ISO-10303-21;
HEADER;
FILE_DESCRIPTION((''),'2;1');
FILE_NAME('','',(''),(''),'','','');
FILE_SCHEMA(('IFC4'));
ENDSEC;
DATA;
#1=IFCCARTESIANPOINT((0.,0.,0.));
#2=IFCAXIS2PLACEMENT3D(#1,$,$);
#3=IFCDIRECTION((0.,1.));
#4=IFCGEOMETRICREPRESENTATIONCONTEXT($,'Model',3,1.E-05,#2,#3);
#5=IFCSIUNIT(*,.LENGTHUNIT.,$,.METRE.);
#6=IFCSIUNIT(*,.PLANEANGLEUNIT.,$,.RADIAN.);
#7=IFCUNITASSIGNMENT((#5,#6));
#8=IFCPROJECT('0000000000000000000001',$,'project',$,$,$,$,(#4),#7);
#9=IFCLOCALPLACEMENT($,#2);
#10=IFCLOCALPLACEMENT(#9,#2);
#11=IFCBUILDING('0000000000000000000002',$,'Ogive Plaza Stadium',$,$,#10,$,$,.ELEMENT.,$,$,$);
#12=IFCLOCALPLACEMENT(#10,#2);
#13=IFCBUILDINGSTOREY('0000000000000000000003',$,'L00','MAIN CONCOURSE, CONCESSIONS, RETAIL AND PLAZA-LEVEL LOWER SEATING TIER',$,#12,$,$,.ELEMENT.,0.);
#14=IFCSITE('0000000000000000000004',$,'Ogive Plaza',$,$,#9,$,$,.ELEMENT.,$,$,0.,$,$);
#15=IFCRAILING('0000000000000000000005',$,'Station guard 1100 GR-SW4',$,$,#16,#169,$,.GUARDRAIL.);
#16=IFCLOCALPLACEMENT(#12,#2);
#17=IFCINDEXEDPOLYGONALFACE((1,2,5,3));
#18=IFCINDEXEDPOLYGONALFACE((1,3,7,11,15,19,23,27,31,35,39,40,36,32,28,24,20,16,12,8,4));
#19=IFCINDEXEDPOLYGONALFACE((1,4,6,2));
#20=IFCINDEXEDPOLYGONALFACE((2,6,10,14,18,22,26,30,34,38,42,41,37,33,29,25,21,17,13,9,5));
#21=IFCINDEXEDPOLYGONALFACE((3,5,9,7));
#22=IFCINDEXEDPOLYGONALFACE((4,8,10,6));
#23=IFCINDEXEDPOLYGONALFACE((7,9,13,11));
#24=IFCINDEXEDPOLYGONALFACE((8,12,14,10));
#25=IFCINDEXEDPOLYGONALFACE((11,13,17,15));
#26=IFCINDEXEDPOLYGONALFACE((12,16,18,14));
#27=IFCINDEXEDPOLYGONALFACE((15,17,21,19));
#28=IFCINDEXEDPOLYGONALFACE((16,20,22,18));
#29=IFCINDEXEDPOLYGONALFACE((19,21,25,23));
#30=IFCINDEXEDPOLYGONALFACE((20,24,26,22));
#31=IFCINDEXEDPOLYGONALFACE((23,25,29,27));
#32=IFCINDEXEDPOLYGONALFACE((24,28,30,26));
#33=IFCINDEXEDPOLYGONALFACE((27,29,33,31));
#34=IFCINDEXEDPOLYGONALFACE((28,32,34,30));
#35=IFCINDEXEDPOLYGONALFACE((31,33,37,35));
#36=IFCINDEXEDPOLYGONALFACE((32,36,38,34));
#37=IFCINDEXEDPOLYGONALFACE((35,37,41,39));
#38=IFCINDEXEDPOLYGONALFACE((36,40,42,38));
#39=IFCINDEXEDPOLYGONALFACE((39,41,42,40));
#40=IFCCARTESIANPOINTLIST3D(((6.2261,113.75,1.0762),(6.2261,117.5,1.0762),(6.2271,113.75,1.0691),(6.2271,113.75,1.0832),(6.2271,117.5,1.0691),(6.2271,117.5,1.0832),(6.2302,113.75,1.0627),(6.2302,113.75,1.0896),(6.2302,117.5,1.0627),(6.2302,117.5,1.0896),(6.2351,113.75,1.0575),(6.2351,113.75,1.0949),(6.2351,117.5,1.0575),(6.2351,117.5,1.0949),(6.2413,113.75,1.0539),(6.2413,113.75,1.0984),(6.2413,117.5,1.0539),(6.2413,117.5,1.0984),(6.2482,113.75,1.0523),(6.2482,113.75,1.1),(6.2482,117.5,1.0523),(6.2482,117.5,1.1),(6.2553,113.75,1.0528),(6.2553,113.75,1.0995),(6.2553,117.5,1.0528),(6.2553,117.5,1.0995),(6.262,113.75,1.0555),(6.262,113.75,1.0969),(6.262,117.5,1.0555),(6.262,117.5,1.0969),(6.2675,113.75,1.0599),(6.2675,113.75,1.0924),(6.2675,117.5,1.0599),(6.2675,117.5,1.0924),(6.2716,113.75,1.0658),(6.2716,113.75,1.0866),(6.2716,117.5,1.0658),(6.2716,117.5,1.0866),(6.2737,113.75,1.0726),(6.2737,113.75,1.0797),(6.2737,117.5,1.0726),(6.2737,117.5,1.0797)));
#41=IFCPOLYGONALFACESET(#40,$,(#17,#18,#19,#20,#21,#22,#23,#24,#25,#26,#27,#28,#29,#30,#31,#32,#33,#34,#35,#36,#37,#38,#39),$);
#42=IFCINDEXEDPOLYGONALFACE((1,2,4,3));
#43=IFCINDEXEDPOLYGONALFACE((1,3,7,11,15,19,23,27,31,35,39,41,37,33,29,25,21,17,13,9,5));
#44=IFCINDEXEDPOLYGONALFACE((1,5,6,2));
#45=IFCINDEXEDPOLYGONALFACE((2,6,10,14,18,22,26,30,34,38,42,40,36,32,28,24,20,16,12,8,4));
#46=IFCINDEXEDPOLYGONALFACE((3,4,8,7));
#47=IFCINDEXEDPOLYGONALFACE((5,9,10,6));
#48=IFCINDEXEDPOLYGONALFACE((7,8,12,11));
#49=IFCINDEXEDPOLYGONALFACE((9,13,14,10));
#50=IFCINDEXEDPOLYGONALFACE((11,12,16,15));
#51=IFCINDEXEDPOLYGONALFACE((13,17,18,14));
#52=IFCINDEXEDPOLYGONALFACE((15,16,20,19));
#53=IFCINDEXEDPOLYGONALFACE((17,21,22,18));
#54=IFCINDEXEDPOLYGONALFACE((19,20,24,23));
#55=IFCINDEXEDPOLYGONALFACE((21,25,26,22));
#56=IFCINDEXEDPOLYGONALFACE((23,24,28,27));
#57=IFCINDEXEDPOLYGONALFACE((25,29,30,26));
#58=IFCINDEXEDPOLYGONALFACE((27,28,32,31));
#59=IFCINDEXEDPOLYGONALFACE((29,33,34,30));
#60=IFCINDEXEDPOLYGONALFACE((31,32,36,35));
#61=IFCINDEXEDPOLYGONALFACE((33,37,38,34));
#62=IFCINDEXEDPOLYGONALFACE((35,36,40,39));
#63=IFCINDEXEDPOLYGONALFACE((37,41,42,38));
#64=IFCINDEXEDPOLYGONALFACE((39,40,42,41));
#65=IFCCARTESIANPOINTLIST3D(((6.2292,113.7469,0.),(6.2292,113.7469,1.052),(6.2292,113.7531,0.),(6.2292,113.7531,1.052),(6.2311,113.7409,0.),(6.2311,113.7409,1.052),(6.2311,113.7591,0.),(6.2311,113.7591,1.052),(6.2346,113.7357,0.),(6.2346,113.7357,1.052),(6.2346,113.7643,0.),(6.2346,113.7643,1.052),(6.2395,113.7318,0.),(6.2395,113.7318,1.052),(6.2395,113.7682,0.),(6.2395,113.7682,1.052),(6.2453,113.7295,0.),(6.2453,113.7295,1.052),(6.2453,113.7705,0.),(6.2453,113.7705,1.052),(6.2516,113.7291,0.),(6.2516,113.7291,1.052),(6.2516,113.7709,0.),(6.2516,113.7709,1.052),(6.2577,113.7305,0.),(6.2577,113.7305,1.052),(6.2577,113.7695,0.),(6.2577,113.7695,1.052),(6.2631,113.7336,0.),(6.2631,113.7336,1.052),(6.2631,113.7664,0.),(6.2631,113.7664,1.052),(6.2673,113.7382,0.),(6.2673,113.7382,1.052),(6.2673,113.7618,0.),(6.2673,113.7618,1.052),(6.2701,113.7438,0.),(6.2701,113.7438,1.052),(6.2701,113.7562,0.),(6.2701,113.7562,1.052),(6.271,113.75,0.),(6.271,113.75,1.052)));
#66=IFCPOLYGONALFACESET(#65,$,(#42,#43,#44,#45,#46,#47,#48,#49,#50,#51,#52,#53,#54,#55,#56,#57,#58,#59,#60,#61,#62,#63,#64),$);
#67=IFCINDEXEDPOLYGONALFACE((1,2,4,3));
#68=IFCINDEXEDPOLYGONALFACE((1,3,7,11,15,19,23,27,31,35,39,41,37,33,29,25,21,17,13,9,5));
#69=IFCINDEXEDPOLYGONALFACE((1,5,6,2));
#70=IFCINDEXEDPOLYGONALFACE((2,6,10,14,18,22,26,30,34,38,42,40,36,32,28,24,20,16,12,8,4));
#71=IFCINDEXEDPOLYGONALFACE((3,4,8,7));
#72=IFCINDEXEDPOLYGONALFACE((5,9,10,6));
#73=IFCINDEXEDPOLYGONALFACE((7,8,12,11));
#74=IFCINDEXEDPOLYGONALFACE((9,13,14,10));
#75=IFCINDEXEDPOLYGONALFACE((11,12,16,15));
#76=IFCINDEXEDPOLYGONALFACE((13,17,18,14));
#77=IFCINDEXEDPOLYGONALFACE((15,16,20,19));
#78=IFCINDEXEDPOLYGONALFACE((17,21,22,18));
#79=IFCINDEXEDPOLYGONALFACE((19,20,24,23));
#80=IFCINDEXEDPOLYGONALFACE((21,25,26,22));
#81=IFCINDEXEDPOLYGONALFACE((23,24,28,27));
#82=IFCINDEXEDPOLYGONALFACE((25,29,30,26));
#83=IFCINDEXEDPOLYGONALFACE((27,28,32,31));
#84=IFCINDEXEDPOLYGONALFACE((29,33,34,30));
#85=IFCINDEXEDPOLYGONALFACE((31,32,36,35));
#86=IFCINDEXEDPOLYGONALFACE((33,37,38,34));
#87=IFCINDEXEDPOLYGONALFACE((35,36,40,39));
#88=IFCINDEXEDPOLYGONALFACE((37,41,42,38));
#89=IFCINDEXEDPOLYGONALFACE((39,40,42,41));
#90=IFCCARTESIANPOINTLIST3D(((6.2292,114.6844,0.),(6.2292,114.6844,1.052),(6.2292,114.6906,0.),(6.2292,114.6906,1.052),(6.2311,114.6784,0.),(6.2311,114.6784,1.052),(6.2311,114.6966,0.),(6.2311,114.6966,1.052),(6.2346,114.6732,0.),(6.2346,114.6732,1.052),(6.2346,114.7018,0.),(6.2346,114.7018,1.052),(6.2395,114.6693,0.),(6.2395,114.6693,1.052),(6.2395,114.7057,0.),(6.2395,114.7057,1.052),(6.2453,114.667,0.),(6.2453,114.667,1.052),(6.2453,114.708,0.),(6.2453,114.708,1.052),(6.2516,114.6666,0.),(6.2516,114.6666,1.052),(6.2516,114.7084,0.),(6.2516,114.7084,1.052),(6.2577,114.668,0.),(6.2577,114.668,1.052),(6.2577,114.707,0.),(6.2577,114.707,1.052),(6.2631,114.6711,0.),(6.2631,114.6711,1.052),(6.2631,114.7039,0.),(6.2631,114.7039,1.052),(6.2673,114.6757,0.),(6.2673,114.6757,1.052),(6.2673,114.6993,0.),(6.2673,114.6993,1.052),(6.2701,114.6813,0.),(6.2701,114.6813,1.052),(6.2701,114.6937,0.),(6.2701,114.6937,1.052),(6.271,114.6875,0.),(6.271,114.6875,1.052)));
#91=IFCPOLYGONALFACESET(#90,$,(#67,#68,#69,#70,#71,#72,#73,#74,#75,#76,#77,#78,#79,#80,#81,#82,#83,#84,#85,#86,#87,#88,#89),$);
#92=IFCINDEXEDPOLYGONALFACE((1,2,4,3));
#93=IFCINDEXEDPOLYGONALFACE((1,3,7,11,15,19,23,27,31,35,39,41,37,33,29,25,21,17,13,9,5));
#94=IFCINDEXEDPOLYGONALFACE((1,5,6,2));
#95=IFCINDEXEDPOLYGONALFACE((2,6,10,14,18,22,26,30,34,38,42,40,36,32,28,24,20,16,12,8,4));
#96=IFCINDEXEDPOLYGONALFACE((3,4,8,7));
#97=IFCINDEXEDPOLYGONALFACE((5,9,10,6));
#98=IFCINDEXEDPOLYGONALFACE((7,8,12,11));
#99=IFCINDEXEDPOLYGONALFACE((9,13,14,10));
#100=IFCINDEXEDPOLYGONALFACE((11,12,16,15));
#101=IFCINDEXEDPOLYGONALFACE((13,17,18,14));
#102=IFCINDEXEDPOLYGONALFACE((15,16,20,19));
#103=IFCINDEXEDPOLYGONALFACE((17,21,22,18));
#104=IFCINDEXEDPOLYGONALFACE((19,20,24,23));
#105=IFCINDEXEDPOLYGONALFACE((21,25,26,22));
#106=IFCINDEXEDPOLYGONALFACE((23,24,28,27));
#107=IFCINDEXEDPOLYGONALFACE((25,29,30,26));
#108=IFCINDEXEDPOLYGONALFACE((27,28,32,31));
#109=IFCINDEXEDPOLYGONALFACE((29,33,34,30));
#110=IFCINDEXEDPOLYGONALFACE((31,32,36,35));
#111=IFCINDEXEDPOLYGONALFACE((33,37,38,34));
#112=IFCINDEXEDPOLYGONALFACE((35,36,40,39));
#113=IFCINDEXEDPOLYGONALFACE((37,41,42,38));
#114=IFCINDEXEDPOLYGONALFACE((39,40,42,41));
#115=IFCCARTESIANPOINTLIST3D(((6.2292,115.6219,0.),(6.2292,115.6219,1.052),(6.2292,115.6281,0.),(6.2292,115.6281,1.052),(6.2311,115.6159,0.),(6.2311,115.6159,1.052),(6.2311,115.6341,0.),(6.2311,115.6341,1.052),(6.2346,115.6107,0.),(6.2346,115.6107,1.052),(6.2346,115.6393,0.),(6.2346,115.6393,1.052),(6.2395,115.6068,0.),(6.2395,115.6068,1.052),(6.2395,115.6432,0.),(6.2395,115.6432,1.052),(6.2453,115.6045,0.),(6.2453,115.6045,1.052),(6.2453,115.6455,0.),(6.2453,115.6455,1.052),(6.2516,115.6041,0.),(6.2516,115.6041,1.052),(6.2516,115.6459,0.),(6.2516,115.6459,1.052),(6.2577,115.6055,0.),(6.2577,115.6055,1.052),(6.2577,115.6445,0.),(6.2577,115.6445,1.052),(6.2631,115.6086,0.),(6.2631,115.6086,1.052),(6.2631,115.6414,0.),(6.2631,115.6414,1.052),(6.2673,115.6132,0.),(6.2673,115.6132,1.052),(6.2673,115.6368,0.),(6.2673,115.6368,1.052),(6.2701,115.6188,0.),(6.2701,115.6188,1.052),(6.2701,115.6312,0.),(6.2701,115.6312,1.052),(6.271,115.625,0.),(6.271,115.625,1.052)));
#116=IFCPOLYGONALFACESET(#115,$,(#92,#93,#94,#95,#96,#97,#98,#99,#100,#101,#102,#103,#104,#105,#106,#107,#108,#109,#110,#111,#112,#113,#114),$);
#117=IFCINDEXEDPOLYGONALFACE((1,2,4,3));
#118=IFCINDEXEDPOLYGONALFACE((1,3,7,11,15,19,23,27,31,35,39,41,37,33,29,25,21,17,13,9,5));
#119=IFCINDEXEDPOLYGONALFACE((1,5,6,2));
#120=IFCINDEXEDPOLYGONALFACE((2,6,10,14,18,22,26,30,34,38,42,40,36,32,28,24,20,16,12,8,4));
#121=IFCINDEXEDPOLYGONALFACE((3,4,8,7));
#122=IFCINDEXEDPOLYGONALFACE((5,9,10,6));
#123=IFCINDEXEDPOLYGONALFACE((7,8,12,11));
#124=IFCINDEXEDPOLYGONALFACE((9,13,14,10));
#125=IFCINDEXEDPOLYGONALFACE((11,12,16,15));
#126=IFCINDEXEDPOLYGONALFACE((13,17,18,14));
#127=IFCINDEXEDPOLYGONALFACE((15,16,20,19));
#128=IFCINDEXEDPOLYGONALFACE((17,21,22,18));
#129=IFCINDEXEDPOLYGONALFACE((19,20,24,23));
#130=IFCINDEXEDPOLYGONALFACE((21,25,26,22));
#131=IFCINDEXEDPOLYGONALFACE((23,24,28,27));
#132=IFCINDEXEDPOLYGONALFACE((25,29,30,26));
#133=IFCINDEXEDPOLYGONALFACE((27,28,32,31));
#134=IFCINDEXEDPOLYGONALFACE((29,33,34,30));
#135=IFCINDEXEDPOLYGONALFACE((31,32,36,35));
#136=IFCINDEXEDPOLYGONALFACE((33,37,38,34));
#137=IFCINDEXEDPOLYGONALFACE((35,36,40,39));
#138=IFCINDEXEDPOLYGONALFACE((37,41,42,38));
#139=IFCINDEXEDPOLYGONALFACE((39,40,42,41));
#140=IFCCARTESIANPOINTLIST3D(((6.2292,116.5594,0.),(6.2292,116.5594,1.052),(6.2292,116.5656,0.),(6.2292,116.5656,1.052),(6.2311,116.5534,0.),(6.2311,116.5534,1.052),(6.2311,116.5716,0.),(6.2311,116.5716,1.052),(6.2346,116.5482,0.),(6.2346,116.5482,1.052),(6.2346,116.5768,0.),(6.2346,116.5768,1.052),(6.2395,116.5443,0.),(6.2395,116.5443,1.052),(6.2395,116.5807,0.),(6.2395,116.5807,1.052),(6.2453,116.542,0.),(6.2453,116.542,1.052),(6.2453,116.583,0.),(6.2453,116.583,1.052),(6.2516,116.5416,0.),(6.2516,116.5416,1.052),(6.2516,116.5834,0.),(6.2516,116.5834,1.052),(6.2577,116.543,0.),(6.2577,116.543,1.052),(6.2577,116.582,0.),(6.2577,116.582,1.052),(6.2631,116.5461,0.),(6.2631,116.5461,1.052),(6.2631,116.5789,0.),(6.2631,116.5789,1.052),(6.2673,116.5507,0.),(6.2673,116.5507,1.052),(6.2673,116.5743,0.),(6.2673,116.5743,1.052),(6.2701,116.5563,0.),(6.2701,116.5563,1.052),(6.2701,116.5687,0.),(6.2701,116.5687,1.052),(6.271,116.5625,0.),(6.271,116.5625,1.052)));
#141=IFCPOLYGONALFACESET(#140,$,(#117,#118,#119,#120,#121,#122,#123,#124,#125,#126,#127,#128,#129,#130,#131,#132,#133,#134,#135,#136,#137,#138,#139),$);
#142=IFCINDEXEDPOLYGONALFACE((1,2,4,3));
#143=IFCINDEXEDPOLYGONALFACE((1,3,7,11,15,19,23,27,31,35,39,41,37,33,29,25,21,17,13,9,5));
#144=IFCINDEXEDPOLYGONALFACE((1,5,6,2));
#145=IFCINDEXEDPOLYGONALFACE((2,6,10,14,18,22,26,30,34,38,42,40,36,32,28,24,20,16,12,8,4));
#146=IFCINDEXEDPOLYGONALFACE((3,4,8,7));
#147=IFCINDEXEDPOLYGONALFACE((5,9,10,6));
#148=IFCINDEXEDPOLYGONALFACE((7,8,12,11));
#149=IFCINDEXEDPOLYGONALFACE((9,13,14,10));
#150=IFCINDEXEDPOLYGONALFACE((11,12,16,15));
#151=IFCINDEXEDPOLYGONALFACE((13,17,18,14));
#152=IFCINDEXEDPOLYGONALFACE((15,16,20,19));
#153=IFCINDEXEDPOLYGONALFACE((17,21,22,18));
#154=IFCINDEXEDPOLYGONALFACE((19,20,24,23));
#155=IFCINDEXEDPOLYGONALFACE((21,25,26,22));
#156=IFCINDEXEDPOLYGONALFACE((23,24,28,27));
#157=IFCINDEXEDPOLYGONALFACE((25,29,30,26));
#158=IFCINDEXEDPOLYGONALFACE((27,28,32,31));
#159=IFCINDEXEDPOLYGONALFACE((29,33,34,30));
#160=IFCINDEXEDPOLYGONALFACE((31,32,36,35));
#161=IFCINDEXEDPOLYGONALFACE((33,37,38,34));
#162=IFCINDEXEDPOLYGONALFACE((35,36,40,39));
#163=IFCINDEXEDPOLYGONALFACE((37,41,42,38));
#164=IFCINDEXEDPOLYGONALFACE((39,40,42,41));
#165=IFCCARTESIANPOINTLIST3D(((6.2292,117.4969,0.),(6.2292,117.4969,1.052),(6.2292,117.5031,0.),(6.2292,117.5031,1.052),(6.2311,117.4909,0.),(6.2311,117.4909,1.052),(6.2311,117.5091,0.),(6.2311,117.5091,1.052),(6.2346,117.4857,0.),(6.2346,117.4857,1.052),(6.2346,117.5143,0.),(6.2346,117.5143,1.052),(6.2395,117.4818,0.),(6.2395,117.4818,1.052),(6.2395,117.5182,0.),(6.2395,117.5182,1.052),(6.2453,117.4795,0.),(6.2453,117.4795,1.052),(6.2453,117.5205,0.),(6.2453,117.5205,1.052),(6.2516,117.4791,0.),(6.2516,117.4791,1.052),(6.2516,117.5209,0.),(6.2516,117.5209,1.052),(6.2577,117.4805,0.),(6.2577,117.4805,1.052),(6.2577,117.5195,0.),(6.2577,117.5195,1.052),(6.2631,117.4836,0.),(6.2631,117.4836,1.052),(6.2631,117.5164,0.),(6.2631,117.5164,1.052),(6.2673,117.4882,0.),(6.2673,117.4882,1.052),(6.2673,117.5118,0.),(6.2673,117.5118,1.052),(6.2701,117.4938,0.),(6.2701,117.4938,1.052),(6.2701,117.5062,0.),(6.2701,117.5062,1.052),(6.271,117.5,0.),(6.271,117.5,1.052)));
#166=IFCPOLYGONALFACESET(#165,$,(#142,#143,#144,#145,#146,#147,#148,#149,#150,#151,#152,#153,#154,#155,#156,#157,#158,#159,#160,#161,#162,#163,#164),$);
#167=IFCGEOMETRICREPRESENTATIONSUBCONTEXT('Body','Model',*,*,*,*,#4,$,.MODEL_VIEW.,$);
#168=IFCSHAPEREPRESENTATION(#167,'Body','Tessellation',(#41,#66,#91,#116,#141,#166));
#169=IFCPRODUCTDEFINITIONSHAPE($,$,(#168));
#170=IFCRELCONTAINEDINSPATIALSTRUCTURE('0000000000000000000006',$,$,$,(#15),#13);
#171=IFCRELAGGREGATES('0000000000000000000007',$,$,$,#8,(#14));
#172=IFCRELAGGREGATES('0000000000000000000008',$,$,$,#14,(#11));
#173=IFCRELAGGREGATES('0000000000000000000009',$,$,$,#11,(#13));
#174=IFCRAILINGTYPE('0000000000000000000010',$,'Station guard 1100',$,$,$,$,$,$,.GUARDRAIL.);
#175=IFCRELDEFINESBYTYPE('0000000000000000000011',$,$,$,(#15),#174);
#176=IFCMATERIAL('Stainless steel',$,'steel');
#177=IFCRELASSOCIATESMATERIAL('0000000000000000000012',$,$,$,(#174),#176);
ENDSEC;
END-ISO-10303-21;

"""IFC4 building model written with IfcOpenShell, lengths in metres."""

from ifc_helpers import new_model, si_unit, direction, frame, origin, origin_2d, place, context, subcontext, project, spatial, circle, extrude, material, type_object, element, save


model = new_model("IFC4")

# Units and contexts
model_context = context("Model", 3, precision=1e-05, world=origin(), true_north=direction((0.0, 1.0)))
body_context = subcontext(model_context, "Body", "Model", "MODEL_VIEW")
ifc_project = project(units=[si_unit("LENGTHUNIT", "METRE"), si_unit("PLANEANGLEUNIT", "RADIAN")], contexts=[model_context])

# Site, building, storey
site_placement = place(None, origin())
site = spatial("IfcSite", under=ifc_project, at=site_placement, Name="Ogive Plaza", CompositionType="ELEMENT", RefElevation=0.0)
building_placement = place(site_placement, origin())
building = spatial("IfcBuilding", under=site, at=building_placement, Name="Ogive Plaza Stadium", CompositionType="ELEMENT")
storey_placement = place(building_placement, origin())
storey = spatial("IfcBuildingStorey", under=building, at=storey_placement, Name="L00", Description="MAIN CONCOURSE, CONCESSIONS, RETAIL AND PLAZA-LEVEL LOWER SEATING TIER", CompositionType="ELEMENT", Elevation=0.0)

# Railing
ifc_material_1 = material(Name="Stainless steel", Category="steel")
railing_type = type_object("IfcRailingType", Name="Station guard 1100", PredefinedType="GUARDRAIL", material=ifc_material_1)
railing_1_placement = place(storey_placement, frame((6.25, 113.75, 0.0)))
element("IfcRailing", 1, at=railing_1_placement, inside=storey, type_object=railing_type, Name="Station guard 1100 GR-SW4", PredefinedType="GUARDRAIL", context=body_context, shape_type="SweptSolid", body=[
    extrude(circle(Radius=0.0239, at=origin_2d()), frame((0.0, 0.0, 1.0762), z_axis=(0.0, 1.0, 0.0), x_axis=(-1.0, 0.0, 0.0)), (0.0, 0.0, 1.0), 3.75),
    extrude(circle(Radius=0.021, at=origin_2d()), origin(), (0.0, 0.0, 1.0), 1.052),
    extrude(circle(Radius=0.021, at=origin_2d()), frame((0.0, 0.9375, 0.0)), (0.0, 0.0, 1.0), 1.052),
    extrude(circle(Radius=0.021, at=origin_2d()), frame((0.0, 1.875, 0.0)), (0.0, 0.0, 1.0), 1.052),
    extrude(circle(Radius=0.021, at=origin_2d()), frame((0.0, 2.8125, 0.0)), (0.0, 0.0, 1.0), 1.052),
    extrude(circle(Radius=0.021, at=origin_2d()), frame((0.0, 3.75, 0.0)), (0.0, 0.0, 1.0), 1.052),
])

save(model, "model.ifc")
